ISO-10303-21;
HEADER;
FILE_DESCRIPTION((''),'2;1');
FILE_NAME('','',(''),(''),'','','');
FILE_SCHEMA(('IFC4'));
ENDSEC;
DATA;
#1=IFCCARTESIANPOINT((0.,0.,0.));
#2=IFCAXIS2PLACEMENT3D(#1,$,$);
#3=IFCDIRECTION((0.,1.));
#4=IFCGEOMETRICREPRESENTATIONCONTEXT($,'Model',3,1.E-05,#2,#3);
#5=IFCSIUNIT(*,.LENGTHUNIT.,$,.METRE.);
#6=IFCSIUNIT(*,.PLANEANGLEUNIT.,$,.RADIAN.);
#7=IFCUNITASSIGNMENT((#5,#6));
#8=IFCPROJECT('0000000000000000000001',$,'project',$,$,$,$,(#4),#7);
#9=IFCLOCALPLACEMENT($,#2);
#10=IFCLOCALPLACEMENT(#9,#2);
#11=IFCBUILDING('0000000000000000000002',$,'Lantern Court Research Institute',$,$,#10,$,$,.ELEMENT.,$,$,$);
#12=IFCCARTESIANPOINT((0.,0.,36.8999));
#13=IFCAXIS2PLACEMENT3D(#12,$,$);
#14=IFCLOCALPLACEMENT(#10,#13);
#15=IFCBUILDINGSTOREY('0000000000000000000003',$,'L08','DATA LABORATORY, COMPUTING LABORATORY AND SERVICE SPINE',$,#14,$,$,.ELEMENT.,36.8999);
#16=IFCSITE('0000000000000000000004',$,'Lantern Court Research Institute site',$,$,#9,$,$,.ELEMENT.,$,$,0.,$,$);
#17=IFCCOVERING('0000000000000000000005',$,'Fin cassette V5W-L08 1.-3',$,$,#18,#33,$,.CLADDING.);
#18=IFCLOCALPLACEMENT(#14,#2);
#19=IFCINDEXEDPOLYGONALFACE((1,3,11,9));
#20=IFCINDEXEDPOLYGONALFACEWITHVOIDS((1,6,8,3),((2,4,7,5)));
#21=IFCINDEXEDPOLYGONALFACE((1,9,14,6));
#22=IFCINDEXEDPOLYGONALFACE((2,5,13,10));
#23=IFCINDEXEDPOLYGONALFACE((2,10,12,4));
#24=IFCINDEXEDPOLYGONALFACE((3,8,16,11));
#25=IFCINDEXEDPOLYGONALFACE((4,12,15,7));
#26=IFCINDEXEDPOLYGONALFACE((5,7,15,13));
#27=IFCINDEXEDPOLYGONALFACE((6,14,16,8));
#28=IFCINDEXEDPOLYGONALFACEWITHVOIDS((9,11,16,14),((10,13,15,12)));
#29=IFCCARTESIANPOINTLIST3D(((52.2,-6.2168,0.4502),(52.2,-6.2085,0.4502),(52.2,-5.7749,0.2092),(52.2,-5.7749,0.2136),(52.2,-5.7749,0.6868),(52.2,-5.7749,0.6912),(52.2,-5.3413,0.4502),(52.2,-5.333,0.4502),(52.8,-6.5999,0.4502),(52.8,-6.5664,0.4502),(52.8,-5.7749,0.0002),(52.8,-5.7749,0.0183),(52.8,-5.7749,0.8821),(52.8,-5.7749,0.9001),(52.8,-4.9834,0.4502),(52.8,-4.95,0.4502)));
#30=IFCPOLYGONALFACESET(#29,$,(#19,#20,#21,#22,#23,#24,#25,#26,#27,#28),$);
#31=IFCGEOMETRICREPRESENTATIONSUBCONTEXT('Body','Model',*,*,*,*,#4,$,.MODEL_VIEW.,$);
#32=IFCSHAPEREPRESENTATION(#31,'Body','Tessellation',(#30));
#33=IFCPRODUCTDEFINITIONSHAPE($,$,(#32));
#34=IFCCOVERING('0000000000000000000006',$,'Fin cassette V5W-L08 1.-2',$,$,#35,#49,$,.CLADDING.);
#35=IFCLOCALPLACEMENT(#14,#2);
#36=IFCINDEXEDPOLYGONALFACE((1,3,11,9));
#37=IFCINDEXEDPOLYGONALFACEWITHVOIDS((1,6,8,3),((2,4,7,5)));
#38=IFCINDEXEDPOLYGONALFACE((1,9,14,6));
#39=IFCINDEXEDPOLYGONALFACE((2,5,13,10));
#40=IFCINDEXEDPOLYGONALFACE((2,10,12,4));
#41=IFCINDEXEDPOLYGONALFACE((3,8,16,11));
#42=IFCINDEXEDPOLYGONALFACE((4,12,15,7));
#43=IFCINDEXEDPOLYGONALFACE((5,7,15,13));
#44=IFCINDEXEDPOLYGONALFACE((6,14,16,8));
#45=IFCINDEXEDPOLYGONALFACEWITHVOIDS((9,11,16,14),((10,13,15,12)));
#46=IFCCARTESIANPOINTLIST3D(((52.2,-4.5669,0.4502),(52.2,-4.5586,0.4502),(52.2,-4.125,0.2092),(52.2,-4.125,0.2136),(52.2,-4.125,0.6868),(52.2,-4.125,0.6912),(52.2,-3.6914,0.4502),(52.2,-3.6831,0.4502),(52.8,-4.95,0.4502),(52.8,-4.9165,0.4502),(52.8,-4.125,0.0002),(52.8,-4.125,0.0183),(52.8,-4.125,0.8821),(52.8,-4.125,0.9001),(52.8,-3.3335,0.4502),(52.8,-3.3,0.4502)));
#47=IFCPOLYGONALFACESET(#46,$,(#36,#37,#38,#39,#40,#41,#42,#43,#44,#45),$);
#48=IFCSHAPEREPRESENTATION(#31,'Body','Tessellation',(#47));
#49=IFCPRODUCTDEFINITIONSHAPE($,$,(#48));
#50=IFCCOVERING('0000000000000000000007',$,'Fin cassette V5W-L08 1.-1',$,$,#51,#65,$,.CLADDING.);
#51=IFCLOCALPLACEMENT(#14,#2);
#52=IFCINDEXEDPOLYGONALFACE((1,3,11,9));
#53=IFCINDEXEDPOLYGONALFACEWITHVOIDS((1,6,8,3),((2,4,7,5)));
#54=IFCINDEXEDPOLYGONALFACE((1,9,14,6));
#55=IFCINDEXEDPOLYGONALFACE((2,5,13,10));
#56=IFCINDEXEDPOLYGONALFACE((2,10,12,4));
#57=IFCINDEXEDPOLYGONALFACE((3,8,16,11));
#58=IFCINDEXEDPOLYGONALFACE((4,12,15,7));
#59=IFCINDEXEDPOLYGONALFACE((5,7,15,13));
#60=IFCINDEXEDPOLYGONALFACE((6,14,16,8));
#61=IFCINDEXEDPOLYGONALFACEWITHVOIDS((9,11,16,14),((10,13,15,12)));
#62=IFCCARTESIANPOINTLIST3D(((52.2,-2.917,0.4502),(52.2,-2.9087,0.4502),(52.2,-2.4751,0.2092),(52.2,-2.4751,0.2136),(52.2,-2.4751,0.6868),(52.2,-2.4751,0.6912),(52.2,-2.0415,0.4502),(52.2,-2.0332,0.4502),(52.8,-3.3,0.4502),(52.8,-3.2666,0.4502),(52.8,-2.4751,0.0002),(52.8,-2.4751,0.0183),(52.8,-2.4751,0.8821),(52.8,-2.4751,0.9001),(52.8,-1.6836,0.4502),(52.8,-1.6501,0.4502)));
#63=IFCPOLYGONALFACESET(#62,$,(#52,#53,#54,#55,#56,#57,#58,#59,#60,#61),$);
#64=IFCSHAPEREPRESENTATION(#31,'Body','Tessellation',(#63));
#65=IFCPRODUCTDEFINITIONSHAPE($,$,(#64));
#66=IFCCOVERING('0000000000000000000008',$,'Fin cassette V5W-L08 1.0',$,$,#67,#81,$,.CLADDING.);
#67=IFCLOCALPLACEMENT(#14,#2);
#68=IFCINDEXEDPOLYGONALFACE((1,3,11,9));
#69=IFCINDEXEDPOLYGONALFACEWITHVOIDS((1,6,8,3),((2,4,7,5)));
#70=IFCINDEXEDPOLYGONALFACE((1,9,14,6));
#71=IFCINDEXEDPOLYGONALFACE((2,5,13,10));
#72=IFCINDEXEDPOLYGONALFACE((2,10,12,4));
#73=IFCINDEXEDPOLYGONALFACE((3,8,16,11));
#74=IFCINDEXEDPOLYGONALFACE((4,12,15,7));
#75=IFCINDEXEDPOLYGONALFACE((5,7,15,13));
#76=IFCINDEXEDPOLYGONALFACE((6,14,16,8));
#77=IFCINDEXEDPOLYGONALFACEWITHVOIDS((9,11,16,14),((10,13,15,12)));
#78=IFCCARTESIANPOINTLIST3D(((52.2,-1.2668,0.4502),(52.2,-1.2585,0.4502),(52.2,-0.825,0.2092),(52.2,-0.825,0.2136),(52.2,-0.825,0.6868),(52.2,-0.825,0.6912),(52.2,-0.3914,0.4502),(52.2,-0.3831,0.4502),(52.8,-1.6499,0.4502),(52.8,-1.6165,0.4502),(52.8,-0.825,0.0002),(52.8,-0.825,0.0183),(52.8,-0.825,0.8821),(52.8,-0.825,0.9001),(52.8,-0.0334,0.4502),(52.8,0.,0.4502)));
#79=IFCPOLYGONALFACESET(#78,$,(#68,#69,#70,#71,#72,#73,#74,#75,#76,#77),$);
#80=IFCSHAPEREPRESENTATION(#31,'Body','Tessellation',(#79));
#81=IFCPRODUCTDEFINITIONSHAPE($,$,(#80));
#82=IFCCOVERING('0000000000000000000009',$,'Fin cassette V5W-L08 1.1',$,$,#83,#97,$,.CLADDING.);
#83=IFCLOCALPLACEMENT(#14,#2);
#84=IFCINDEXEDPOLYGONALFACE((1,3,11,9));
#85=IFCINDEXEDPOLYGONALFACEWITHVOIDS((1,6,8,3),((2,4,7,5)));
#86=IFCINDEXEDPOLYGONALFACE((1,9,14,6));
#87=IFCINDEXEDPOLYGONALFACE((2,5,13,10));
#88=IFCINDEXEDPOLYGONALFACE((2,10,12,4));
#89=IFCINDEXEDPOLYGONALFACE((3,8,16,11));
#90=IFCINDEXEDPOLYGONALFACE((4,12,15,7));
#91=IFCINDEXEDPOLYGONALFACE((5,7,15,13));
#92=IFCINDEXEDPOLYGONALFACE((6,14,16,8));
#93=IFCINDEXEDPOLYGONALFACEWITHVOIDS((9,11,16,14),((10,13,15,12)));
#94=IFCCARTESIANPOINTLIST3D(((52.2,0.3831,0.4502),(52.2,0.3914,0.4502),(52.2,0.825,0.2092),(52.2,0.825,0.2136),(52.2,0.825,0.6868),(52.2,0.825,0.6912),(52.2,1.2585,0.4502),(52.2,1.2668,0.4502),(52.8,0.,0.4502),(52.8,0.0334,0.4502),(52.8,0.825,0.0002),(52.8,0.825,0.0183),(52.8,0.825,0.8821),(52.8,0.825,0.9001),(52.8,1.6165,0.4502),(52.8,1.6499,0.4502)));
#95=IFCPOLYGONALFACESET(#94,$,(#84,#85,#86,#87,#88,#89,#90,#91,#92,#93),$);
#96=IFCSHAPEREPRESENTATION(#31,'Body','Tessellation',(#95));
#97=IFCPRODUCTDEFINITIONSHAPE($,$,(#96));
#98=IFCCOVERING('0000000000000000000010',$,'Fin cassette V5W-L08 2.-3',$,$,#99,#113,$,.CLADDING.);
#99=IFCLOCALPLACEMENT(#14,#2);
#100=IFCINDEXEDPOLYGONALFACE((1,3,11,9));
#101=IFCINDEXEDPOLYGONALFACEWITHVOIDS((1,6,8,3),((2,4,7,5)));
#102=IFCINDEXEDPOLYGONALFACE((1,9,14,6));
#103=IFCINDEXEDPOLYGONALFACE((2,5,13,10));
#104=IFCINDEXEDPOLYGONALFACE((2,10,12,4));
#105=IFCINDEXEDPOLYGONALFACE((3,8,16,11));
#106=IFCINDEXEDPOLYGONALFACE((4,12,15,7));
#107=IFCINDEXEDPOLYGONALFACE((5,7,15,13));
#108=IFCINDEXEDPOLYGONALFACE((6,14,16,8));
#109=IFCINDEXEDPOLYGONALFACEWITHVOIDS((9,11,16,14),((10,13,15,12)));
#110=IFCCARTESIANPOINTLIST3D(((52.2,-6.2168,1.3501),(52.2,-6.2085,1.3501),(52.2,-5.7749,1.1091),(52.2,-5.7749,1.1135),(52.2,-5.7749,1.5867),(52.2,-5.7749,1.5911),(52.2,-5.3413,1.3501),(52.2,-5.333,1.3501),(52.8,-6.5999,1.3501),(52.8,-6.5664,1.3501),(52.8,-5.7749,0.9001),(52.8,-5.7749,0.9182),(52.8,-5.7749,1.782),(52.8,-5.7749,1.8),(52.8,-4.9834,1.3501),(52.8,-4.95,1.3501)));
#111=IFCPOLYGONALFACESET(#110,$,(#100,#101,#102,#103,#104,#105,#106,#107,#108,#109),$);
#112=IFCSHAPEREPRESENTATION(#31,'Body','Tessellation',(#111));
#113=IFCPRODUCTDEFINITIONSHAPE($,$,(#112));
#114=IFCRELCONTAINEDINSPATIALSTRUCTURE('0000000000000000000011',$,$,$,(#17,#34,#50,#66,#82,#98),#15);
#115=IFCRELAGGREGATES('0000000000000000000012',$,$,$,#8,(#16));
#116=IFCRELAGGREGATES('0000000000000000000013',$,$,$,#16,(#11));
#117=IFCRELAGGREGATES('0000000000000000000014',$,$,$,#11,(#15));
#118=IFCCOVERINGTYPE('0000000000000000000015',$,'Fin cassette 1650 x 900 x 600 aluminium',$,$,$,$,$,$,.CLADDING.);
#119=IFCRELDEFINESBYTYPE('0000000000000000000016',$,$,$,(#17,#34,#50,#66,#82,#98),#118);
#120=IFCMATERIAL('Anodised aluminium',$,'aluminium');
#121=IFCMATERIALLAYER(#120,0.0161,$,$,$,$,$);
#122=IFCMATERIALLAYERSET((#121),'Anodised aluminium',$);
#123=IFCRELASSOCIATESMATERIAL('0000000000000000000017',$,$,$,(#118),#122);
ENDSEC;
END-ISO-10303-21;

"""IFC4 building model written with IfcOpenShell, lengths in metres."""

from ifc_helpers import new_model, entity, si_unit, direction, frame, origin, place, context, subcontext, project, spatial, material, layer, layer_set, type_object, element, save


model = new_model("IFC4")

# Units and contexts
model_context = context("Model", 3, precision=1e-05, world=origin(), true_north=direction((0.0, 1.0)))
body_context = subcontext(model_context, "Body", "Model", "MODEL_VIEW")
ifc_project = project(units=[si_unit("LENGTHUNIT", "METRE"), si_unit("PLANEANGLEUNIT", "RADIAN")], contexts=[model_context])

# Site, building, storey
site_placement = place(None, origin())
site = spatial("IfcSite", under=ifc_project, at=site_placement, Name="Lantern Court Research Institute site", CompositionType="ELEMENT", RefElevation=0.0)
building_placement = place(site_placement, origin())
building = spatial("IfcBuilding", under=site, at=building_placement, Name="Lantern Court Research Institute", CompositionType="ELEMENT")
storey_placement = place(building_placement, frame((0.0, 0.0, 36.8999)))
storey = spatial("IfcBuildingStorey", under=building, at=storey_placement, Name="L08", Description="DATA LABORATORY, COMPUTING LABORATORY AND SERVICE SPINE", CompositionType="ELEMENT", Elevation=36.8999)

# Coverings
ifc_material = material(Name="Anodised aluminium", Category="aluminium")
ifc_layer = layer(ifc_material, 0.0161)
ifc_layer_set = layer_set([ifc_layer], Name="Anodised aluminium")
covering_type = type_object("IfcCoveringType", Name="Fin cassette 1650 x 900 x 600 aluminium", PredefinedType="CLADDING", material=ifc_layer_set)
covering_1_placement = place(storey_placement, frame((52.8, -5.7749, 0.4502), z_axis=(-1.0, 0.0, 0.0), x_axis=(0.0, -1.0, 0.0)))
cartesian_point_1 = entity("IfcCartesianPoint", [0.825, 0.0])
cartesian_point_2 = entity("IfcCartesianPoint", [0.7915, 0.0])
cartesian_point_3 = entity("IfcCartesianPoint", [0.4419, 0.0])
cartesian_point_4 = entity("IfcCartesianPoint", [0.4336, 0.0])
element("IfcCovering", 1, at=covering_1_placement, inside=storey, type_object=covering_type, Name="Fin cassette V5W-L08 1.-3", PredefinedType="CLADDING", context=body_context, shape_type="SweptSolid", body=[
    entity("IfcExtrudedAreaSolidTapered", entity("IfcArbitraryProfileDefWithVoids", "AREA", None, entity("IfcPolyline", [cartesian_point_1, entity("IfcCartesianPoint", [0.0, 0.45]), entity("IfcCartesianPoint", [-0.825, 0.0]), entity("IfcCartesianPoint", [0.0, -0.45]), cartesian_point_1]), [entity("IfcPolyline", [cartesian_point_2, entity("IfcCartesianPoint", [0.0, 0.4319]), entity("IfcCartesianPoint", [-0.7915, 0.0]), entity("IfcCartesianPoint", [0.0, -0.4319]), cartesian_point_2])]), entity("IfcAxis2Placement3D", entity("IfcCartesianPoint", [0.0, 0.0, 0.0])), entity("IfcDirection", [0.0, 0.0, 1.0]), 0.6001, entity("IfcArbitraryProfileDefWithVoids", "AREA", None, entity("IfcPolyline", [cartesian_point_3, entity("IfcCartesianPoint", [0.0, 0.241]), entity("IfcCartesianPoint", [-0.4419, 0.0]), entity("IfcCartesianPoint", [0.0, -0.241]), cartesian_point_3]), [entity("IfcPolyline", [cartesian_point_4, entity("IfcCartesianPoint", [0.0, 0.2366]), entity("IfcCartesianPoint", [-0.4336, 0.0]), entity("IfcCartesianPoint", [0.0, -0.2366]), cartesian_point_4])])),
])
covering_2_placement = place(storey_placement, frame((52.8, -4.125, 0.4502), z_axis=(-1.0, 0.0, 0.0), x_axis=(0.0, -1.0, 0.0)))
cartesian_point_5 = entity("IfcCartesianPoint", [0.825, 0.0])
cartesian_point_6 = entity("IfcCartesianPoint", [0.7915, 0.0])
cartesian_point_7 = entity("IfcCartesianPoint", [0.4419, 0.0])
cartesian_point_8 = entity("IfcCartesianPoint", [0.4336, 0.0])
element("IfcCovering", 2, at=covering_2_placement, inside=storey, type_object=covering_type, Name="Fin cassette V5W-L08 1.-2", PredefinedType="CLADDING", context=body_context, shape_type="SweptSolid", body=[
    entity("IfcExtrudedAreaSolidTapered", entity("IfcArbitraryProfileDefWithVoids", "AREA", None, entity("IfcPolyline", [cartesian_point_5, entity("IfcCartesianPoint", [0.0, 0.45]), entity("IfcCartesianPoint", [-0.825, 0.0]), entity("IfcCartesianPoint", [0.0, -0.45]), cartesian_point_5]), [entity("IfcPolyline", [cartesian_point_6, entity("IfcCartesianPoint", [0.0, 0.4319]), entity("IfcCartesianPoint", [-0.7915, 0.0]), entity("IfcCartesianPoint", [0.0, -0.4319]), cartesian_point_6])]), entity("IfcAxis2Placement3D", entity("IfcCartesianPoint", [0.0, 0.0, 0.0])), entity("IfcDirection", [0.0, 0.0, 1.0]), 0.6001, entity("IfcArbitraryProfileDefWithVoids", "AREA", None, entity("IfcPolyline", [cartesian_point_7, entity("IfcCartesianPoint", [0.0, 0.241]), entity("IfcCartesianPoint", [-0.4419, 0.0]), entity("IfcCartesianPoint", [0.0, -0.241]), cartesian_point_7]), [entity("IfcPolyline", [cartesian_point_8, entity("IfcCartesianPoint", [0.0, 0.2366]), entity("IfcCartesianPoint", [-0.4336, 0.0]), entity("IfcCartesianPoint", [0.0, -0.2366]), cartesian_point_8])])),
])
covering_3_placement = place(storey_placement, frame((52.8, -2.4751, 0.4502), z_axis=(-1.0, 0.0, 0.0), x_axis=(0.0, -1.0, 0.0)))
cartesian_point_9 = entity("IfcCartesianPoint", [0.825, 0.0])
cartesian_point_10 = entity("IfcCartesianPoint", [0.7915, 0.0])
cartesian_point_11 = entity("IfcCartesianPoint", [0.4419, 0.0])
cartesian_point_12 = entity("IfcCartesianPoint", [0.4336, 0.0])
element("IfcCovering", 3, at=covering_3_placement, inside=storey, type_object=covering_type, Name="Fin cassette V5W-L08 1.-1", PredefinedType="CLADDING", context=body_context, shape_type="SweptSolid", body=[
    entity("IfcExtrudedAreaSolidTapered", entity("IfcArbitraryProfileDefWithVoids", "AREA", None, entity("IfcPolyline", [cartesian_point_9, entity("IfcCartesianPoint", [0.0, 0.45]), entity("IfcCartesianPoint", [-0.825, 0.0]), entity("IfcCartesianPoint", [0.0, -0.45]), cartesian_point_9]), [entity("IfcPolyline", [cartesian_point_10, entity("IfcCartesianPoint", [0.0, 0.4319]), entity("IfcCartesianPoint", [-0.7915, 0.0]), entity("IfcCartesianPoint", [0.0, -0.4319]), cartesian_point_10])]), entity("IfcAxis2Placement3D", entity("IfcCartesianPoint", [0.0, 0.0, 0.0])), entity("IfcDirection", [0.0, 0.0, 1.0]), 0.6001, entity("IfcArbitraryProfileDefWithVoids", "AREA", None, entity("IfcPolyline", [cartesian_point_11, entity("IfcCartesianPoint", [0.0, 0.241]), entity("IfcCartesianPoint", [-0.4419, 0.0]), entity("IfcCartesianPoint", [0.0, -0.241]), cartesian_point_11]), [entity("IfcPolyline", [cartesian_point_12, entity("IfcCartesianPoint", [0.0, 0.2366]), entity("IfcCartesianPoint", [-0.4336, 0.0]), entity("IfcCartesianPoint", [0.0, -0.2366]), cartesian_point_12])])),
])
covering_4_placement = place(storey_placement, frame((52.8, -0.825, 0.4502), z_axis=(-1.0, 0.0, 0.0), x_axis=(0.0, -1.0, 0.0)))
cartesian_point_13 = entity("IfcCartesianPoint", [0.825, 0.0])
cartesian_point_14 = entity("IfcCartesianPoint", [0.7915, 0.0])
cartesian_point_15 = entity("IfcCartesianPoint", [0.4419, 0.0])
cartesian_point_16 = entity("IfcCartesianPoint", [0.4336, 0.0])
element("IfcCovering", 4, at=covering_4_placement, inside=storey, type_object=covering_type, Name="Fin cassette V5W-L08 1.0", PredefinedType="CLADDING", context=body_context, shape_type="SweptSolid", body=[
    entity("IfcExtrudedAreaSolidTapered", entity("IfcArbitraryProfileDefWithVoids", "AREA", None, entity("IfcPolyline", [cartesian_point_13, entity("IfcCartesianPoint", [0.0, 0.45]), entity("IfcCartesianPoint", [-0.825, 0.0]), entity("IfcCartesianPoint", [0.0, -0.45]), cartesian_point_13]), [entity("IfcPolyline", [cartesian_point_14, entity("IfcCartesianPoint", [0.0, 0.4319]), entity("IfcCartesianPoint", [-0.7915, 0.0]), entity("IfcCartesianPoint", [0.0, -0.4319]), cartesian_point_14])]), entity("IfcAxis2Placement3D", entity("IfcCartesianPoint", [0.0, 0.0, 0.0])), entity("IfcDirection", [0.0, 0.0, 1.0]), 0.6001, entity("IfcArbitraryProfileDefWithVoids", "AREA", None, entity("IfcPolyline", [cartesian_point_15, entity("IfcCartesianPoint", [0.0, 0.241]), entity("IfcCartesianPoint", [-0.4419, 0.0]), entity("IfcCartesianPoint", [0.0, -0.241]), cartesian_point_15]), [entity("IfcPolyline", [cartesian_point_16, entity("IfcCartesianPoint", [0.0, 0.2366]), entity("IfcCartesianPoint", [-0.4336, 0.0]), entity("IfcCartesianPoint", [0.0, -0.2366]), cartesian_point_16])])),
])
covering_5_placement = place(storey_placement, frame((52.8, 0.825, 0.4502), z_axis=(-1.0, 0.0, 0.0), x_axis=(0.0, -1.0, 0.0)))
cartesian_point_17 = entity("IfcCartesianPoint", [0.825, 0.0])
cartesian_point_18 = entity("IfcCartesianPoint", [0.7915, 0.0])
cartesian_point_19 = entity("IfcCartesianPoint", [0.4419, 0.0])
cartesian_point_20 = entity("IfcCartesianPoint", [0.4336, 0.0])
element("IfcCovering", 5, at=covering_5_placement, inside=storey, type_object=covering_type, Name="Fin cassette V5W-L08 1.1", PredefinedType="CLADDING", context=body_context, shape_type="SweptSolid", body=[
    entity("IfcExtrudedAreaSolidTapered", entity("IfcArbitraryProfileDefWithVoids", "AREA", None, entity("IfcPolyline", [cartesian_point_17, entity("IfcCartesianPoint", [0.0, 0.45]), entity("IfcCartesianPoint", [-0.825, 0.0]), entity("IfcCartesianPoint", [0.0, -0.45]), cartesian_point_17]), [entity("IfcPolyline", [cartesian_point_18, entity("IfcCartesianPoint", [0.0, 0.4319]), entity("IfcCartesianPoint", [-0.7915, 0.0]), entity("IfcCartesianPoint", [0.0, -0.4319]), cartesian_point_18])]), entity("IfcAxis2Placement3D", entity("IfcCartesianPoint", [0.0, 0.0, 0.0])), entity("IfcDirection", [0.0, 0.0, 1.0]), 0.6001, entity("IfcArbitraryProfileDefWithVoids", "AREA", None, entity("IfcPolyline", [cartesian_point_19, entity("IfcCartesianPoint", [0.0, 0.241]), entity("IfcCartesianPoint", [-0.4419, 0.0]), entity("IfcCartesianPoint", [0.0, -0.241]), cartesian_point_19]), [entity("IfcPolyline", [cartesian_point_20, entity("IfcCartesianPoint", [0.0, 0.2366]), entity("IfcCartesianPoint", [-0.4336, 0.0]), entity("IfcCartesianPoint", [0.0, -0.2366]), cartesian_point_20])])),
])
covering_6_placement = place(storey_placement, frame((52.8, -5.7749, 1.3501), z_axis=(-1.0, 0.0, 0.0), x_axis=(0.0, -1.0, 0.0)))
cartesian_point_21 = entity("IfcCartesianPoint", [0.825, 0.0])
cartesian_point_22 = entity("IfcCartesianPoint", [0.7915, 0.0])
cartesian_point_23 = entity("IfcCartesianPoint", [0.4419, 0.0])
cartesian_point_24 = entity("IfcCartesianPoint", [0.4336, 0.0])
element("IfcCovering", 6, at=covering_6_placement, inside=storey, type_object=covering_type, Name="Fin cassette V5W-L08 2.-3", PredefinedType="CLADDING", context=body_context, shape_type="SweptSolid", body=[
    entity("IfcExtrudedAreaSolidTapered", entity("IfcArbitraryProfileDefWithVoids", "AREA", None, entity("IfcPolyline", [cartesian_point_21, entity("IfcCartesianPoint", [0.0, 0.45]), entity("IfcCartesianPoint", [-0.825, 0.0]), entity("IfcCartesianPoint", [0.0, -0.45]), cartesian_point_21]), [entity("IfcPolyline", [cartesian_point_22, entity("IfcCartesianPoint", [0.0, 0.4319]), entity("IfcCartesianPoint", [-0.7915, 0.0]), entity("IfcCartesianPoint", [0.0, -0.4319]), cartesian_point_22])]), entity("IfcAxis2Placement3D", entity("IfcCartesianPoint", [0.0, 0.0, 0.0])), entity("IfcDirection", [0.0, 0.0, 1.0]), 0.6001, entity("IfcArbitraryProfileDefWithVoids", "AREA", None, entity("IfcPolyline", [cartesian_point_23, entity("IfcCartesianPoint", [0.0, 0.241]), entity("IfcCartesianPoint", [-0.4419, 0.0]), entity("IfcCartesianPoint", [0.0, -0.241]), cartesian_point_23]), [entity("IfcPolyline", [cartesian_point_24, entity("IfcCartesianPoint", [0.0, 0.2366]), entity("IfcCartesianPoint", [-0.4336, 0.0]), entity("IfcCartesianPoint", [0.0, -0.2366]), cartesian_point_24])])),
])

save(model, "model.ifc")
